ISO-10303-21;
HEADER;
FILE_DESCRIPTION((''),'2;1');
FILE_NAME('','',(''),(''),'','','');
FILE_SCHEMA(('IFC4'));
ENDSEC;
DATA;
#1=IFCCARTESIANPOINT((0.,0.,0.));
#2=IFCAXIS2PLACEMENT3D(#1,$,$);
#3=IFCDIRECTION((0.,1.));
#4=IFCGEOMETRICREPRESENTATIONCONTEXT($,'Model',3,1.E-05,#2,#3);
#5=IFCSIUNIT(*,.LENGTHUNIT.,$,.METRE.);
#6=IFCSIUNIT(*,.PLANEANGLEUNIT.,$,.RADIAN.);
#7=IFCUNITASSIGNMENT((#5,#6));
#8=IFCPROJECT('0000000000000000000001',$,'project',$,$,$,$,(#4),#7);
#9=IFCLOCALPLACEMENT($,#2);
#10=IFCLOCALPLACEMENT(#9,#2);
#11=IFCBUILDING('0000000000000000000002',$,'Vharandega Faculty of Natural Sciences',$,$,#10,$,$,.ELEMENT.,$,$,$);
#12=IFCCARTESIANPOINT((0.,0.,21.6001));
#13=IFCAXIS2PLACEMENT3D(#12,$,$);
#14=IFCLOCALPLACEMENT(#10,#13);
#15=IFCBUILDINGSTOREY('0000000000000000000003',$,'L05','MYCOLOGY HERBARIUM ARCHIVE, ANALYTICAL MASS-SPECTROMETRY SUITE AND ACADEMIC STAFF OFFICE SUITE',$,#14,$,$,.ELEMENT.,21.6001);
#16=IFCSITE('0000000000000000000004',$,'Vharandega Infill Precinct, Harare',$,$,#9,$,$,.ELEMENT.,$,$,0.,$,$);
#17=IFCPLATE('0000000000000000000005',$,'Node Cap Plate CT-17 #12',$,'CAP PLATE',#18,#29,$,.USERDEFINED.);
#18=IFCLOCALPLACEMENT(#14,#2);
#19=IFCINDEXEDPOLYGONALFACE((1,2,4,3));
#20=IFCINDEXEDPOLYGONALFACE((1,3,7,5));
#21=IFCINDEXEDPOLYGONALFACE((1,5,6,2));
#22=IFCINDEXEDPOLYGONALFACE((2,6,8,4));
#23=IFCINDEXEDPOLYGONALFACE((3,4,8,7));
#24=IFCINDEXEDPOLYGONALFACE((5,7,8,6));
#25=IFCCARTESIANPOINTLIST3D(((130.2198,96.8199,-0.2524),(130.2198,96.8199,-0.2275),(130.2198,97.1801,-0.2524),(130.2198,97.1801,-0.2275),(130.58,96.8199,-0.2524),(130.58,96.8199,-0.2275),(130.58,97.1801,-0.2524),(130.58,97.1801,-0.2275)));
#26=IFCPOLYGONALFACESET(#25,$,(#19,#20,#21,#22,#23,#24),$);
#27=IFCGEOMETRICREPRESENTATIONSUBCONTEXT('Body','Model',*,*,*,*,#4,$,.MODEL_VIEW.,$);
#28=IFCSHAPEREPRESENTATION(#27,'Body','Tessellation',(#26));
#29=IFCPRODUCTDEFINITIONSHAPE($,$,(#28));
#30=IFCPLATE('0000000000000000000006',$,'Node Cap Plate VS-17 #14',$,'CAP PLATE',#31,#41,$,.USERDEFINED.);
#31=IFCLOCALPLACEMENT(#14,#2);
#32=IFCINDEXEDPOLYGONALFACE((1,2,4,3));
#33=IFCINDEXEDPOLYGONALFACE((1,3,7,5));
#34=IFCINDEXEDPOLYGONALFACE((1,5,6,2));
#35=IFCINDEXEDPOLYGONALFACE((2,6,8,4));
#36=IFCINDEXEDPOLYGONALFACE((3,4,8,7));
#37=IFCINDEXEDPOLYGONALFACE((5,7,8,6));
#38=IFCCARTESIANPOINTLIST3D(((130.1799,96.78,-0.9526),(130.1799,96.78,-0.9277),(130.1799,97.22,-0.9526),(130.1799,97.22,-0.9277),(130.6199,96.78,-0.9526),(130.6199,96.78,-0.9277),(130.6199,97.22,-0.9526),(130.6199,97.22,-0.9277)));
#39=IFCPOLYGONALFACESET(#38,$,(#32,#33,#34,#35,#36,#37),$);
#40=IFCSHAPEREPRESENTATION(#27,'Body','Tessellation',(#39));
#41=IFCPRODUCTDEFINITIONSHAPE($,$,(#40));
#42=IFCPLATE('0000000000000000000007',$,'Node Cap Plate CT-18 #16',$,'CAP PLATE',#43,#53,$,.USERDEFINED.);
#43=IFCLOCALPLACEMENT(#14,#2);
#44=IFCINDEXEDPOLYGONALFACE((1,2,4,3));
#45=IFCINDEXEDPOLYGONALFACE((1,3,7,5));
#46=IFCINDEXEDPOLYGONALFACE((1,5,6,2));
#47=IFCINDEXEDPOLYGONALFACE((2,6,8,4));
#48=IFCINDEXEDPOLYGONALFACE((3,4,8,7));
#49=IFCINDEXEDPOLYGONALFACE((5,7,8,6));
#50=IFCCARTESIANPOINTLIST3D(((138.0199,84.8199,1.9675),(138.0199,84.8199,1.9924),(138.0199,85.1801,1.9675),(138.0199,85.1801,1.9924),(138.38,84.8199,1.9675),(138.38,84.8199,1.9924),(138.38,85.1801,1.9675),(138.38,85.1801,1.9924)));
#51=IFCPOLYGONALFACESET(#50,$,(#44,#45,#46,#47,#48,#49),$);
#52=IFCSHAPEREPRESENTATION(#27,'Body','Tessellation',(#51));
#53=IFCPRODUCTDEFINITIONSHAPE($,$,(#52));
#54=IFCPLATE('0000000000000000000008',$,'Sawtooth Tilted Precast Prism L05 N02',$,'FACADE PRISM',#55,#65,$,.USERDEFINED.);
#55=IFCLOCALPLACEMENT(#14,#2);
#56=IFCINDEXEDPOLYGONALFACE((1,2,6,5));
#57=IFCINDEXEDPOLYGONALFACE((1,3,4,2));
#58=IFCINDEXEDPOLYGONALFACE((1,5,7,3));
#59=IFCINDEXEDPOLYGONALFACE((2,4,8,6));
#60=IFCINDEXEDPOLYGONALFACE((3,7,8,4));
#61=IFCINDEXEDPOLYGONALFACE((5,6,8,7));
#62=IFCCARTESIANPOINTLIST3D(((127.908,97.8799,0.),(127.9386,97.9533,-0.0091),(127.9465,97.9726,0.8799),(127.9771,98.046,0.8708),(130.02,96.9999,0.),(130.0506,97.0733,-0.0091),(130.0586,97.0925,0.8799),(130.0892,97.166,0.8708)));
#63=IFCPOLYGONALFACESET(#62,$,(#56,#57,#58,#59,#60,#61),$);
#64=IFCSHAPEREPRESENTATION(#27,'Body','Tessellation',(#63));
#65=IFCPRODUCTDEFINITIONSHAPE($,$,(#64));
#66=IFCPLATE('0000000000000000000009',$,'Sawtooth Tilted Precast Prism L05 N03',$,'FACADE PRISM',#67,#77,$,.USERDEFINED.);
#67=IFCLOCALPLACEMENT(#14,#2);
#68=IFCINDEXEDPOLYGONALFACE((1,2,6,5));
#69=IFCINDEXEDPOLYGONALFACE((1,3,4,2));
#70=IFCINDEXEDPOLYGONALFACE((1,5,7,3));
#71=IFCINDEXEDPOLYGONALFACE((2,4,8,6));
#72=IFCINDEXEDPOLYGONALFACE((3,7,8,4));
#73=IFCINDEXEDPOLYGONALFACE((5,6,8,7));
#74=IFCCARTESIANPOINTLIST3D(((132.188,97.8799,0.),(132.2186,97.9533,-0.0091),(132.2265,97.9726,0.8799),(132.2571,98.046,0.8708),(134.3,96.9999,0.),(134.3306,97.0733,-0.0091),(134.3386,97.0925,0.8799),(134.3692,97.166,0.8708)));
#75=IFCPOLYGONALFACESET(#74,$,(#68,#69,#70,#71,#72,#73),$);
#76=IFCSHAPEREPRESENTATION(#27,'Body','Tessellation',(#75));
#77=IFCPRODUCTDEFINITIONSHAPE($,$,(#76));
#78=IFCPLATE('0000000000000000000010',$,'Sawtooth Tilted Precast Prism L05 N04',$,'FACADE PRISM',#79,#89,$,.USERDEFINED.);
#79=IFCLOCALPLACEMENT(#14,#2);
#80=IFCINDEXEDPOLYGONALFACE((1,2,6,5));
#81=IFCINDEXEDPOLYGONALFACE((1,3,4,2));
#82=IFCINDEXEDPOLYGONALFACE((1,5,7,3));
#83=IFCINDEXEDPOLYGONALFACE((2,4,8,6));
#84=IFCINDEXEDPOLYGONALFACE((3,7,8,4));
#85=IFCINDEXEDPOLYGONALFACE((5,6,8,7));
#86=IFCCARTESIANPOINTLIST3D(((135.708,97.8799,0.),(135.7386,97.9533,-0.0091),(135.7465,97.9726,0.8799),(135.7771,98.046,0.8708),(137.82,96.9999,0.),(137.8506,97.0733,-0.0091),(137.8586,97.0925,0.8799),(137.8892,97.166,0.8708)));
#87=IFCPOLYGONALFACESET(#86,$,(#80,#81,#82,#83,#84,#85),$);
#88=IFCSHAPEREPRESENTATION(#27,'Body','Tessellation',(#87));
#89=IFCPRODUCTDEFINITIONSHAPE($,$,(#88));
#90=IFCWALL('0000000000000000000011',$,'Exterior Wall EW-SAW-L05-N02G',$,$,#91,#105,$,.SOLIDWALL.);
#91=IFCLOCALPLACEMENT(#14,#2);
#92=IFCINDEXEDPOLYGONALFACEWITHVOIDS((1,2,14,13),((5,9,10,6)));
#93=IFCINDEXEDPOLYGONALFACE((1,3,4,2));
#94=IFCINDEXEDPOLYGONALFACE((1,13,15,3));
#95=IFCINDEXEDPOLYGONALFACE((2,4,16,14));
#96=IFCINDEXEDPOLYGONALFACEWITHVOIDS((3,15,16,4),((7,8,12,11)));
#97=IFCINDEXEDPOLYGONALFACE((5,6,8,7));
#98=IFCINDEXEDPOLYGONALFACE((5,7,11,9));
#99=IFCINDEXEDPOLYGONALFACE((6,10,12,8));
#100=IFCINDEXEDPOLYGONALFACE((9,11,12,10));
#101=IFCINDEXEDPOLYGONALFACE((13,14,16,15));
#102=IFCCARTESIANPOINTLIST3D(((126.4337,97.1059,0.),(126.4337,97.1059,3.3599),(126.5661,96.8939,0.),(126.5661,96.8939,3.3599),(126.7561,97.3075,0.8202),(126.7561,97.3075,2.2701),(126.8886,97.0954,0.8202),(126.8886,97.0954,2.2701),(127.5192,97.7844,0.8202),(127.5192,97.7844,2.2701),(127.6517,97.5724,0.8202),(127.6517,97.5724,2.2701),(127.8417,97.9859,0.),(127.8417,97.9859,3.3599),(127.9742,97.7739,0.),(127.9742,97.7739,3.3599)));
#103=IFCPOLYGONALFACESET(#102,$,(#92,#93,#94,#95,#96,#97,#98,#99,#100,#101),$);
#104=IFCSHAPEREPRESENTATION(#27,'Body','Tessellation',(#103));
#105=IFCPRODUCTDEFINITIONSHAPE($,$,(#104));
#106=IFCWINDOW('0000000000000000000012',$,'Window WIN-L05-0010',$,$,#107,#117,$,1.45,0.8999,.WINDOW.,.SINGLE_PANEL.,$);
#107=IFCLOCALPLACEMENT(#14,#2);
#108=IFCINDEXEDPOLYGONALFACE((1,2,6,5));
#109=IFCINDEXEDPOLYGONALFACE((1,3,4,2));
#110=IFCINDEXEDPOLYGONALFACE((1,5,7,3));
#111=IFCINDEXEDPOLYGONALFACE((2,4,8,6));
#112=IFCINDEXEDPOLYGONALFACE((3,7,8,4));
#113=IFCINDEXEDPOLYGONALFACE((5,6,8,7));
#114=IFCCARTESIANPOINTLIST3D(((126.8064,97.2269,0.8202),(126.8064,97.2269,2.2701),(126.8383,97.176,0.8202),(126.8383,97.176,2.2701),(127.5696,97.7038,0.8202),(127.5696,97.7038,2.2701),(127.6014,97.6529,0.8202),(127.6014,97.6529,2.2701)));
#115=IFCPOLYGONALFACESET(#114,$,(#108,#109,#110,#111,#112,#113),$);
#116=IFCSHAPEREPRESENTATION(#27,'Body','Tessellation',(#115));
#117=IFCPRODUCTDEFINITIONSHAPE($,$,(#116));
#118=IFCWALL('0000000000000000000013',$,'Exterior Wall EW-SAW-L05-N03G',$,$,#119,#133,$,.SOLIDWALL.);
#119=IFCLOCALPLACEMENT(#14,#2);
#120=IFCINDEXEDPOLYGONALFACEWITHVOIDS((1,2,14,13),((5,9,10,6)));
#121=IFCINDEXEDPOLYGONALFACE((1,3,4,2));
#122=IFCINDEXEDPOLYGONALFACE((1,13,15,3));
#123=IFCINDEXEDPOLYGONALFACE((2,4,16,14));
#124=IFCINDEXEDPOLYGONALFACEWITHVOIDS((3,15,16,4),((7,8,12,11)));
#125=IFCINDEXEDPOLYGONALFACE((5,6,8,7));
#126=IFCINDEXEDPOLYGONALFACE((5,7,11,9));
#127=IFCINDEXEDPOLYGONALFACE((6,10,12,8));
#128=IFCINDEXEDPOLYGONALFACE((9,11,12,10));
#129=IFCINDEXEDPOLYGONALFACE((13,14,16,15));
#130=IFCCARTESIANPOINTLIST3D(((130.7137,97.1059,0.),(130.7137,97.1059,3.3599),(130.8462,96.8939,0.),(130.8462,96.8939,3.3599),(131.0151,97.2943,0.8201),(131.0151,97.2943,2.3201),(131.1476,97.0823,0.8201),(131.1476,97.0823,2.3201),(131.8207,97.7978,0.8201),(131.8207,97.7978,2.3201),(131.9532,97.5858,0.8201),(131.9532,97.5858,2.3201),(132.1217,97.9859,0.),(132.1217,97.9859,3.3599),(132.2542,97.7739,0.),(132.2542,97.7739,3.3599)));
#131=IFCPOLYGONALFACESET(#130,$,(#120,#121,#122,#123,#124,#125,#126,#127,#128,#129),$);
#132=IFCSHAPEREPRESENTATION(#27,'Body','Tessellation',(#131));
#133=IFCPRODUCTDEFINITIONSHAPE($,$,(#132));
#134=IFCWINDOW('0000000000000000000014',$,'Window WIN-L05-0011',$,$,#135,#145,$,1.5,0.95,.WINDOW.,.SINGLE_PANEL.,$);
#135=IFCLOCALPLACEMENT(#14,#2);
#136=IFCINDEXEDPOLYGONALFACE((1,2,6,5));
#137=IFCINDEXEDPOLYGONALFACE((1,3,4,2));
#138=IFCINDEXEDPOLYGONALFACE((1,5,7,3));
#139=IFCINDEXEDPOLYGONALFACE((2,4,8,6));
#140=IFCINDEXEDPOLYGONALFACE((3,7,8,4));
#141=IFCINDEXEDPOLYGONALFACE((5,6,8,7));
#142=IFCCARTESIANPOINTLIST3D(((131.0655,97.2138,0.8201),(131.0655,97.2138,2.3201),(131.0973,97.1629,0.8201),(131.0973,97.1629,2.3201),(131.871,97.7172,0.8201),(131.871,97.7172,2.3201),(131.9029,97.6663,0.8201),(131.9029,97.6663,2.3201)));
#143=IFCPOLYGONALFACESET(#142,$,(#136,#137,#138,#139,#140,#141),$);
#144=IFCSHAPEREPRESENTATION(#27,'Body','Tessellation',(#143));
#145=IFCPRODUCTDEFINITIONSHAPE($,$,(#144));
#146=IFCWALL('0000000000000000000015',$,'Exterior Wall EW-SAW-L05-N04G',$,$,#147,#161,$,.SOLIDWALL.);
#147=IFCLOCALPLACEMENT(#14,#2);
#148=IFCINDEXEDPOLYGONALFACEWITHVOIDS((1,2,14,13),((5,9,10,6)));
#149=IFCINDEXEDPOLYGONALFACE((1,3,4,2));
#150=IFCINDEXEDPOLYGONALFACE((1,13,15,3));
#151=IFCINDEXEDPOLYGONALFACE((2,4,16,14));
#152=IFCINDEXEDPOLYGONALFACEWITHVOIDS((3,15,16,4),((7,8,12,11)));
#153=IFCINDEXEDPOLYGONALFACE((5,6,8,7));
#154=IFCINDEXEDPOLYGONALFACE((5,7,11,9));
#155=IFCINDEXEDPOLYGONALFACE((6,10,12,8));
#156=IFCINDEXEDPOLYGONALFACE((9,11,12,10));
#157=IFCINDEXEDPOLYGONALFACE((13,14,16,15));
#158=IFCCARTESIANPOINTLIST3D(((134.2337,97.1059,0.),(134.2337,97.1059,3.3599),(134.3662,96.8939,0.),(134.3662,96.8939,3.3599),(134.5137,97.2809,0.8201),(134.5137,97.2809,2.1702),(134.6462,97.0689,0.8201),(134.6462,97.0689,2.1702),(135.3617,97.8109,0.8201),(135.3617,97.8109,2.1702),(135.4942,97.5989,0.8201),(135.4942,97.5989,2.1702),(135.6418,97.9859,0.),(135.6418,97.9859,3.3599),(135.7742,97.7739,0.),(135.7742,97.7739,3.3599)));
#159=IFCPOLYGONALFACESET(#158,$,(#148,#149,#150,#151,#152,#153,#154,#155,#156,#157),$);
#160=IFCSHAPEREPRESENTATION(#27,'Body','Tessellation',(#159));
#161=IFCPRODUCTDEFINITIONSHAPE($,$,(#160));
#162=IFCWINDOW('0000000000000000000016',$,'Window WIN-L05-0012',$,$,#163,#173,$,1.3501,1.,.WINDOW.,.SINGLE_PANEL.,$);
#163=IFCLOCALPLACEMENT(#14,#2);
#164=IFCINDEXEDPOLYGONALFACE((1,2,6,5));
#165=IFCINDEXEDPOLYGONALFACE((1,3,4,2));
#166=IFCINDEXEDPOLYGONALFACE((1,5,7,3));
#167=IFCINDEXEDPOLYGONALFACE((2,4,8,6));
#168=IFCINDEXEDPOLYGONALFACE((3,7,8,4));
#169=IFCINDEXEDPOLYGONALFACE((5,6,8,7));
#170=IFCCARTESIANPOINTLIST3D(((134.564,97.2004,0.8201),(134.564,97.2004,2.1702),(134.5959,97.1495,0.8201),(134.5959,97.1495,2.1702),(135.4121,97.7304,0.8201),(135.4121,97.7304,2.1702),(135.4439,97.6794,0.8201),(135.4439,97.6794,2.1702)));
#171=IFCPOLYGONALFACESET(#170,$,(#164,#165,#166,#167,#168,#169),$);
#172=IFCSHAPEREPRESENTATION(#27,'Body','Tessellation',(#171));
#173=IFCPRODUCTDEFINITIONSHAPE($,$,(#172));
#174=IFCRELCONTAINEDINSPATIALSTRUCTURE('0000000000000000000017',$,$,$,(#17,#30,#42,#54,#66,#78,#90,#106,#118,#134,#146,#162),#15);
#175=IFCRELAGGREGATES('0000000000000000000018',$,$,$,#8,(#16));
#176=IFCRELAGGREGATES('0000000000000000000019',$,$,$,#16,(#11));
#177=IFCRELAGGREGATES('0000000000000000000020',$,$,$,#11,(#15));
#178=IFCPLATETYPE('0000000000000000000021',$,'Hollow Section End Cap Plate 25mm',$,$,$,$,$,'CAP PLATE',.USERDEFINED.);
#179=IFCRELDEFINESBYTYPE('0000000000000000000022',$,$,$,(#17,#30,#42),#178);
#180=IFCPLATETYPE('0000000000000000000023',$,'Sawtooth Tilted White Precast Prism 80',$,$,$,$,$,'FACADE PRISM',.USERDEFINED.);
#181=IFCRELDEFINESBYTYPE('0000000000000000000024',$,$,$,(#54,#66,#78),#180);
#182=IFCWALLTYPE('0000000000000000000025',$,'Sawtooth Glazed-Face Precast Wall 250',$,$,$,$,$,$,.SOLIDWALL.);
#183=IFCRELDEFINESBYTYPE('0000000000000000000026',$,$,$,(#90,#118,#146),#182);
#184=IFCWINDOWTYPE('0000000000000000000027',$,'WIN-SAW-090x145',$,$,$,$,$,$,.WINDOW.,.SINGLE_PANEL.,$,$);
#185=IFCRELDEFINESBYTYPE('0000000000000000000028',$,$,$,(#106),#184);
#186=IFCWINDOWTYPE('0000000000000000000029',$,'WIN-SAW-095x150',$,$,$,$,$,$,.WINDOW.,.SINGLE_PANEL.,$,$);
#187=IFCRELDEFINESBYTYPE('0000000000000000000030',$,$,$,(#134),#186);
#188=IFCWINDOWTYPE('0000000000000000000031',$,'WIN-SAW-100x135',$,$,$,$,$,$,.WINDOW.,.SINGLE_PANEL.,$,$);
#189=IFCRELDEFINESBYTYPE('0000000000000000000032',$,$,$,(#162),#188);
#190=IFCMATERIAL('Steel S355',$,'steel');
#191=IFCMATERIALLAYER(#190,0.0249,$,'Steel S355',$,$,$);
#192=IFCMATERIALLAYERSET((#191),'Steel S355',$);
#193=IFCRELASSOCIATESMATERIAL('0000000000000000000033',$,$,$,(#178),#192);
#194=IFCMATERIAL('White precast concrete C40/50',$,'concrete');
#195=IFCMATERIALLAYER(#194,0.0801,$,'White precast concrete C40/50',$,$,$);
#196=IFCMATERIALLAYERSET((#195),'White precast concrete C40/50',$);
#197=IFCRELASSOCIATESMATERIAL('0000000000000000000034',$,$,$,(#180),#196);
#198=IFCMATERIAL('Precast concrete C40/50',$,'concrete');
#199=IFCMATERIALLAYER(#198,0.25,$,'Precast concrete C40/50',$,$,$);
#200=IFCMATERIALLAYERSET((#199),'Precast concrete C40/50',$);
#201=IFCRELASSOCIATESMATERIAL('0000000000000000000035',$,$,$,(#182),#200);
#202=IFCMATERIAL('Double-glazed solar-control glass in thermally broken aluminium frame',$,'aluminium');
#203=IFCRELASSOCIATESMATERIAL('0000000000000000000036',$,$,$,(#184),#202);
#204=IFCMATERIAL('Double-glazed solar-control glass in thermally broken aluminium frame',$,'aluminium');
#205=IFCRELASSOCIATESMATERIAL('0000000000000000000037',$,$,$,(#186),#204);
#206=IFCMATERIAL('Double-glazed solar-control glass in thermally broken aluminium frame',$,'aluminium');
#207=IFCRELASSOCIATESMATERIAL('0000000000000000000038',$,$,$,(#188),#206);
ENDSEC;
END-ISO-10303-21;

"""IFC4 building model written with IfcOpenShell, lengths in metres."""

from ifc_helpers import new_model, si_unit, direction, frame, frame_2d, origin, origin_2d, place, context, subcontext, project, spatial, polyline, rectangle, outline, extrude, material, layer, layer_set, type_object, element, fill, save


model = new_model("IFC4")

# Units and contexts
model_context = context("Model", 3, precision=1e-05, world=origin(), true_north=direction((0.0, 1.0)))
body_context = subcontext(model_context, "Body", "Model", "MODEL_VIEW")
ifc_project = project(units=[si_unit("LENGTHUNIT", "METRE"), si_unit("PLANEANGLEUNIT", "RADIAN")], contexts=[model_context])

# Site, building, storey
site_placement = place(None, origin())
site = spatial("IfcSite", under=ifc_project, at=site_placement, Name="Vharandega Infill Precinct, Harare", CompositionType="ELEMENT", RefElevation=0.0)
building_placement = place(site_placement, origin())
building = spatial("IfcBuilding", under=site, at=building_placement, Name="Vharandega Faculty of Natural Sciences", CompositionType="ELEMENT")
storey_placement = place(building_placement, frame((0.0, 0.0, 21.6001)))
storey = spatial("IfcBuildingStorey", under=building, at=storey_placement, Name="L05", Description="MYCOLOGY HERBARIUM ARCHIVE, ANALYTICAL MASS-SPECTROMETRY SUITE AND ACADEMIC STAFF OFFICE SUITE", CompositionType="ELEMENT", Elevation=21.6001)

# Plates
ifc_material_1 = material(Name="Steel S355", Category="steel")
ifc_layer_1 = layer(ifc_material_1, 0.0249, Name="Steel S355")
ifc_layer_set_1 = layer_set([ifc_layer_1], Name="Steel S355")
plate_type_1 = type_object("IfcPlateType", Name="Hollow Section End Cap Plate 25mm", ElementType="CAP PLATE", PredefinedType="USERDEFINED", material=ifc_layer_set_1)
for number, where, z_axis, x_axis, name in (
    (1, (130.3999, 97.0, -0.2524), (0.0, 0.0, 1.0), (1.0, 0.0, 0.0), "Node Cap Plate CT-17 #12"),
):
    element("IfcPlate", number, at=place(storey_placement, frame(where, z_axis=z_axis, x_axis=x_axis)), inside=storey, type_object=plate_type_1, Name=name, ObjectType="CAP PLATE", PredefinedType="USERDEFINED", context=body_context, shape_type="SweptSolid", body=[
        extrude(rectangle(XDim=0.3601, YDim=0.3601, at=origin_2d()), origin(), (0.0, 0.0, 1.0), 0.0249),
    ])
plate_1_placement = place(storey_placement, frame((130.3999, 97.0, -0.9526), z_axis=(0.0, 0.0, 1.0), x_axis=(1.0, 0.0, 0.0)))
element("IfcPlate", 2, at=plate_1_placement, inside=storey, type_object=plate_type_1, Name="Node Cap Plate VS-17 #14", ObjectType="CAP PLATE", PredefinedType="USERDEFINED", context=body_context, shape_type="SweptSolid", body=[
    extrude(rectangle(XDim=0.4399, YDim=0.4399, at=origin_2d()), origin(), (0.0, 0.0, 1.0), 0.0249),
])
plate_2_placement = place(storey_placement, frame((138.2, 85.0, 1.9675), z_axis=(0.0, 0.0, 1.0), x_axis=(1.0, 0.0, 0.0)))
element("IfcPlate", 3, at=plate_2_placement, inside=storey, type_object=plate_type_1, Name="Node Cap Plate CT-18 #16", ObjectType="CAP PLATE", PredefinedType="USERDEFINED", context=body_context, shape_type="SweptSolid", body=[
    extrude(rectangle(XDim=0.3601, YDim=0.3601, at=origin_2d()), origin(), (0.0, 0.0, 1.0), 0.0249),
])
ifc_material_2 = material(Name="White precast concrete C40/50", Category="concrete")
ifc_layer_2 = layer(ifc_material_2, 0.0801, Name="White precast concrete C40/50")
ifc_layer_set_2 = layer_set([ifc_layer_2], Name="White precast concrete C40/50")
plate_type_2 = type_object("IfcPlateType", Name="Sawtooth Tilted White Precast Prism 80", ElementType="FACADE PRISM", PredefinedType="USERDEFINED", material=ifc_layer_set_2)
for number, where, z_axis, x_axis, name in (
    (4, (127.908, 97.8799, 0.0), (-0.38213, -0.917133, 0.113326), (0.043509, 0.104642, 0.993558), "Sawtooth Tilted Precast Prism L05 N02"),
    (5, (132.188, 97.8799, 0.0), (-0.38213, -0.917133, 0.113326), (0.043509, 0.104642, 0.993558), "Sawtooth Tilted Precast Prism L05 N03"),
    (6, (135.708, 97.8799, 0.0), (-0.38213, -0.917133, 0.113326), (0.043509, 0.104642, 0.993558), "Sawtooth Tilted Precast Prism L05 N04"),
):
    element("IfcPlate", number, at=place(storey_placement, frame(where, z_axis=z_axis, x_axis=x_axis)), inside=storey, type_object=plate_type_2, Name=name, ObjectType="FACADE PRISM", PredefinedType="USERDEFINED", context=body_context, shape_type="SweptSolid", body=[
        extrude(outline(polyline([(0.0, 0.0), (0.8856, 0.0), (0.8854, -2.2881), (-0.0002, -2.288), (0.0, 0.0)])), origin(), (0.0, 0.0, -1.0), 0.0801),
    ])

# Walls, openings, windows
ifc_material_3 = material(Name="Precast concrete C40/50", Category="concrete")
ifc_layer_3 = layer(ifc_material_3, 0.25, Name="Precast concrete C40/50")
ifc_layer_set_3 = layer_set([ifc_layer_3], Name="Precast concrete C40/50")
wall_type_1 = type_object("IfcWallType", Name="Sawtooth Glazed-Face Precast Wall 250", PredefinedType="SOLIDWALL", material=ifc_layer_set_3)
wall_1_placement = place(storey_placement, frame((126.5, 97.0, 0.0), z_axis=(0.0, 0.0, 1.0), x_axis=(0.848023, 0.529959, 0.0)))
wall_1 = element("IfcWall", 7, at=wall_1_placement, inside=storey, type_object=wall_type_1, Name="Exterior Wall EW-SAW-L05-N02G", PredefinedType="SOLIDWALL", context=body_context, shape_type="SweptSolid", body=[
    extrude(rectangle(XDim=1.6604, YDim=0.25, at=frame_2d((0.8301, 0.0))), origin(), (0.0, 0.0, 1.0), 3.3599),
])
opening_1_placement = place(wall_1_placement, frame((0.3801, 0.0, 0.8201)))
opening_1 = element("IfcOpeningElement", 8, at=opening_1_placement, cuts=wall_1, PredefinedType="OPENING", context=body_context, shape_type="SweptSolid", body=[
    extrude(rectangle(XDim=0.8999, YDim=1.45, at=frame_2d((0.45, 0.7251))), frame((0.0, 0.135, 0.0), z_axis=(0.0, -1.0, 0.0), x_axis=(1.0, 0.0, 0.0)), (0.0, 0.0, 1.0), 0.27),
])
ifc_material_4 = material(Name="Double-glazed solar-control glass in thermally broken aluminium frame", Category="aluminium")
window_type_1 = type_object("IfcWindowType", Name="WIN-SAW-090x145", PartitioningType="SINGLE_PANEL", PredefinedType="WINDOW", material=ifc_material_4)
window_1_placement = place(opening_1_placement, origin())
window_1 = element("IfcWindow", 9, at=window_1_placement, inside=storey, type_object=window_type_1, Name="Window WIN-L05-0010", OverallHeight=1.45, OverallWidth=0.8999, PartitioningType="SINGLE_PANEL", PredefinedType="WINDOW", context=body_context, shape_type="SweptSolid", body=[
    extrude(rectangle(XDim=0.8999, YDim=1.45, at=frame_2d((0.45, 0.7251))), frame((0.0, 0.03, 0.0), z_axis=(0.0, -1.0, 0.0), x_axis=(1.0, 0.0, 0.0)), (0.0, 0.0, 1.0), 0.0601),
])
fill(opening_1, window_1)
wall_2_placement = place(storey_placement, frame((130.78, 97.0, 0.0), z_axis=(0.0, 0.0, 1.0), x_axis=(0.848023, 0.529959, 0.0)))
wall_2 = element("IfcWall", 10, at=wall_2_placement, inside=storey, type_object=wall_type_1, Name="Exterior Wall EW-SAW-L05-N03G", PredefinedType="SOLIDWALL", context=body_context, shape_type="SweptSolid", body=[
    extrude(rectangle(XDim=1.6604, YDim=0.25, at=frame_2d((0.8301, 0.0))), origin(), (0.0, 0.0, 1.0), 3.3599),
])
opening_2_placement = place(wall_2_placement, frame((0.3552, 0.0, 0.8201)))
opening_2 = element("IfcOpeningElement", 11, at=opening_2_placement, cuts=wall_2, PredefinedType="OPENING", context=body_context, shape_type="SweptSolid", body=[
    extrude(rectangle(XDim=0.95, YDim=1.5, at=frame_2d((0.4751, 0.75))), frame((0.0, 0.135, 0.0), z_axis=(0.0, -1.0, 0.0), x_axis=(1.0, 0.0, 0.0)), (0.0, 0.0, 1.0), 0.27),
])
ifc_material_5 = material(Name="Double-glazed solar-control glass in thermally broken aluminium frame", Category="aluminium")
window_type_2 = type_object("IfcWindowType", Name="WIN-SAW-095x150", PartitioningType="SINGLE_PANEL", PredefinedType="WINDOW", material=ifc_material_5)
window_2_placement = place(opening_2_placement, origin())
window_2 = element("IfcWindow", 12, at=window_2_placement, inside=storey, type_object=window_type_2, Name="Window WIN-L05-0011", OverallHeight=1.5, OverallWidth=0.95, PartitioningType="SINGLE_PANEL", PredefinedType="WINDOW", context=body_context, shape_type="SweptSolid", body=[
    extrude(rectangle(XDim=0.95, YDim=1.5, at=frame_2d((0.4751, 0.75))), frame((0.0, 0.03, 0.0), z_axis=(0.0, -1.0, 0.0), x_axis=(1.0, 0.0, 0.0)), (0.0, 0.0, 1.0), 0.0601),
])
fill(opening_2, window_2)
wall_3_placement = place(storey_placement, frame((134.3, 97.0, 0.0), z_axis=(0.0, 0.0, 1.0), x_axis=(0.848023, 0.529959, 0.0)))
wall_3 = element("IfcWall", 13, at=wall_3_placement, inside=storey, type_object=wall_type_1, Name="Exterior Wall EW-SAW-L05-N04G", PredefinedType="SOLIDWALL", context=body_context, shape_type="SweptSolid", body=[
    extrude(rectangle(XDim=1.6604, YDim=0.25, at=frame_2d((0.8301, 0.0))), origin(), (0.0, 0.0, 1.0), 3.3599),
])
opening_3_placement = place(wall_3_placement, frame((0.3301, 0.0, 0.8201)))
opening_3 = element("IfcOpeningElement", 14, at=opening_3_placement, cuts=wall_3, PredefinedType="OPENING", context=body_context, shape_type="SweptSolid", body=[
    extrude(rectangle(XDim=1.0, YDim=1.3501, at=frame_2d((0.5, 0.675))), frame((0.0, 0.135, 0.0), z_axis=(0.0, -1.0, 0.0), x_axis=(1.0, 0.0, 0.0)), (0.0, 0.0, 1.0), 0.27),
])
ifc_material_6 = material(Name="Double-glazed solar-control glass in thermally broken aluminium frame", Category="aluminium")
window_type_3 = type_object("IfcWindowType", Name="WIN-SAW-100x135", PartitioningType="SINGLE_PANEL", PredefinedType="WINDOW", material=ifc_material_6)
window_3_placement = place(opening_3_placement, origin())
window_3 = element("IfcWindow", 15, at=window_3_placement, inside=storey, type_object=window_type_3, Name="Window WIN-L05-0012", OverallHeight=1.3501, OverallWidth=1.0, PartitioningType="SINGLE_PANEL", PredefinedType="WINDOW", context=body_context, shape_type="SweptSolid", body=[
    extrude(rectangle(XDim=1.0, YDim=1.3501, at=frame_2d((0.5, 0.675))), frame((0.0, 0.03, 0.0), z_axis=(0.0, -1.0, 0.0), x_axis=(1.0, 0.0, 0.0)), (0.0, 0.0, 1.0), 0.0601),
])
fill(opening_3, window_3)

save(model, "model.ifc")
